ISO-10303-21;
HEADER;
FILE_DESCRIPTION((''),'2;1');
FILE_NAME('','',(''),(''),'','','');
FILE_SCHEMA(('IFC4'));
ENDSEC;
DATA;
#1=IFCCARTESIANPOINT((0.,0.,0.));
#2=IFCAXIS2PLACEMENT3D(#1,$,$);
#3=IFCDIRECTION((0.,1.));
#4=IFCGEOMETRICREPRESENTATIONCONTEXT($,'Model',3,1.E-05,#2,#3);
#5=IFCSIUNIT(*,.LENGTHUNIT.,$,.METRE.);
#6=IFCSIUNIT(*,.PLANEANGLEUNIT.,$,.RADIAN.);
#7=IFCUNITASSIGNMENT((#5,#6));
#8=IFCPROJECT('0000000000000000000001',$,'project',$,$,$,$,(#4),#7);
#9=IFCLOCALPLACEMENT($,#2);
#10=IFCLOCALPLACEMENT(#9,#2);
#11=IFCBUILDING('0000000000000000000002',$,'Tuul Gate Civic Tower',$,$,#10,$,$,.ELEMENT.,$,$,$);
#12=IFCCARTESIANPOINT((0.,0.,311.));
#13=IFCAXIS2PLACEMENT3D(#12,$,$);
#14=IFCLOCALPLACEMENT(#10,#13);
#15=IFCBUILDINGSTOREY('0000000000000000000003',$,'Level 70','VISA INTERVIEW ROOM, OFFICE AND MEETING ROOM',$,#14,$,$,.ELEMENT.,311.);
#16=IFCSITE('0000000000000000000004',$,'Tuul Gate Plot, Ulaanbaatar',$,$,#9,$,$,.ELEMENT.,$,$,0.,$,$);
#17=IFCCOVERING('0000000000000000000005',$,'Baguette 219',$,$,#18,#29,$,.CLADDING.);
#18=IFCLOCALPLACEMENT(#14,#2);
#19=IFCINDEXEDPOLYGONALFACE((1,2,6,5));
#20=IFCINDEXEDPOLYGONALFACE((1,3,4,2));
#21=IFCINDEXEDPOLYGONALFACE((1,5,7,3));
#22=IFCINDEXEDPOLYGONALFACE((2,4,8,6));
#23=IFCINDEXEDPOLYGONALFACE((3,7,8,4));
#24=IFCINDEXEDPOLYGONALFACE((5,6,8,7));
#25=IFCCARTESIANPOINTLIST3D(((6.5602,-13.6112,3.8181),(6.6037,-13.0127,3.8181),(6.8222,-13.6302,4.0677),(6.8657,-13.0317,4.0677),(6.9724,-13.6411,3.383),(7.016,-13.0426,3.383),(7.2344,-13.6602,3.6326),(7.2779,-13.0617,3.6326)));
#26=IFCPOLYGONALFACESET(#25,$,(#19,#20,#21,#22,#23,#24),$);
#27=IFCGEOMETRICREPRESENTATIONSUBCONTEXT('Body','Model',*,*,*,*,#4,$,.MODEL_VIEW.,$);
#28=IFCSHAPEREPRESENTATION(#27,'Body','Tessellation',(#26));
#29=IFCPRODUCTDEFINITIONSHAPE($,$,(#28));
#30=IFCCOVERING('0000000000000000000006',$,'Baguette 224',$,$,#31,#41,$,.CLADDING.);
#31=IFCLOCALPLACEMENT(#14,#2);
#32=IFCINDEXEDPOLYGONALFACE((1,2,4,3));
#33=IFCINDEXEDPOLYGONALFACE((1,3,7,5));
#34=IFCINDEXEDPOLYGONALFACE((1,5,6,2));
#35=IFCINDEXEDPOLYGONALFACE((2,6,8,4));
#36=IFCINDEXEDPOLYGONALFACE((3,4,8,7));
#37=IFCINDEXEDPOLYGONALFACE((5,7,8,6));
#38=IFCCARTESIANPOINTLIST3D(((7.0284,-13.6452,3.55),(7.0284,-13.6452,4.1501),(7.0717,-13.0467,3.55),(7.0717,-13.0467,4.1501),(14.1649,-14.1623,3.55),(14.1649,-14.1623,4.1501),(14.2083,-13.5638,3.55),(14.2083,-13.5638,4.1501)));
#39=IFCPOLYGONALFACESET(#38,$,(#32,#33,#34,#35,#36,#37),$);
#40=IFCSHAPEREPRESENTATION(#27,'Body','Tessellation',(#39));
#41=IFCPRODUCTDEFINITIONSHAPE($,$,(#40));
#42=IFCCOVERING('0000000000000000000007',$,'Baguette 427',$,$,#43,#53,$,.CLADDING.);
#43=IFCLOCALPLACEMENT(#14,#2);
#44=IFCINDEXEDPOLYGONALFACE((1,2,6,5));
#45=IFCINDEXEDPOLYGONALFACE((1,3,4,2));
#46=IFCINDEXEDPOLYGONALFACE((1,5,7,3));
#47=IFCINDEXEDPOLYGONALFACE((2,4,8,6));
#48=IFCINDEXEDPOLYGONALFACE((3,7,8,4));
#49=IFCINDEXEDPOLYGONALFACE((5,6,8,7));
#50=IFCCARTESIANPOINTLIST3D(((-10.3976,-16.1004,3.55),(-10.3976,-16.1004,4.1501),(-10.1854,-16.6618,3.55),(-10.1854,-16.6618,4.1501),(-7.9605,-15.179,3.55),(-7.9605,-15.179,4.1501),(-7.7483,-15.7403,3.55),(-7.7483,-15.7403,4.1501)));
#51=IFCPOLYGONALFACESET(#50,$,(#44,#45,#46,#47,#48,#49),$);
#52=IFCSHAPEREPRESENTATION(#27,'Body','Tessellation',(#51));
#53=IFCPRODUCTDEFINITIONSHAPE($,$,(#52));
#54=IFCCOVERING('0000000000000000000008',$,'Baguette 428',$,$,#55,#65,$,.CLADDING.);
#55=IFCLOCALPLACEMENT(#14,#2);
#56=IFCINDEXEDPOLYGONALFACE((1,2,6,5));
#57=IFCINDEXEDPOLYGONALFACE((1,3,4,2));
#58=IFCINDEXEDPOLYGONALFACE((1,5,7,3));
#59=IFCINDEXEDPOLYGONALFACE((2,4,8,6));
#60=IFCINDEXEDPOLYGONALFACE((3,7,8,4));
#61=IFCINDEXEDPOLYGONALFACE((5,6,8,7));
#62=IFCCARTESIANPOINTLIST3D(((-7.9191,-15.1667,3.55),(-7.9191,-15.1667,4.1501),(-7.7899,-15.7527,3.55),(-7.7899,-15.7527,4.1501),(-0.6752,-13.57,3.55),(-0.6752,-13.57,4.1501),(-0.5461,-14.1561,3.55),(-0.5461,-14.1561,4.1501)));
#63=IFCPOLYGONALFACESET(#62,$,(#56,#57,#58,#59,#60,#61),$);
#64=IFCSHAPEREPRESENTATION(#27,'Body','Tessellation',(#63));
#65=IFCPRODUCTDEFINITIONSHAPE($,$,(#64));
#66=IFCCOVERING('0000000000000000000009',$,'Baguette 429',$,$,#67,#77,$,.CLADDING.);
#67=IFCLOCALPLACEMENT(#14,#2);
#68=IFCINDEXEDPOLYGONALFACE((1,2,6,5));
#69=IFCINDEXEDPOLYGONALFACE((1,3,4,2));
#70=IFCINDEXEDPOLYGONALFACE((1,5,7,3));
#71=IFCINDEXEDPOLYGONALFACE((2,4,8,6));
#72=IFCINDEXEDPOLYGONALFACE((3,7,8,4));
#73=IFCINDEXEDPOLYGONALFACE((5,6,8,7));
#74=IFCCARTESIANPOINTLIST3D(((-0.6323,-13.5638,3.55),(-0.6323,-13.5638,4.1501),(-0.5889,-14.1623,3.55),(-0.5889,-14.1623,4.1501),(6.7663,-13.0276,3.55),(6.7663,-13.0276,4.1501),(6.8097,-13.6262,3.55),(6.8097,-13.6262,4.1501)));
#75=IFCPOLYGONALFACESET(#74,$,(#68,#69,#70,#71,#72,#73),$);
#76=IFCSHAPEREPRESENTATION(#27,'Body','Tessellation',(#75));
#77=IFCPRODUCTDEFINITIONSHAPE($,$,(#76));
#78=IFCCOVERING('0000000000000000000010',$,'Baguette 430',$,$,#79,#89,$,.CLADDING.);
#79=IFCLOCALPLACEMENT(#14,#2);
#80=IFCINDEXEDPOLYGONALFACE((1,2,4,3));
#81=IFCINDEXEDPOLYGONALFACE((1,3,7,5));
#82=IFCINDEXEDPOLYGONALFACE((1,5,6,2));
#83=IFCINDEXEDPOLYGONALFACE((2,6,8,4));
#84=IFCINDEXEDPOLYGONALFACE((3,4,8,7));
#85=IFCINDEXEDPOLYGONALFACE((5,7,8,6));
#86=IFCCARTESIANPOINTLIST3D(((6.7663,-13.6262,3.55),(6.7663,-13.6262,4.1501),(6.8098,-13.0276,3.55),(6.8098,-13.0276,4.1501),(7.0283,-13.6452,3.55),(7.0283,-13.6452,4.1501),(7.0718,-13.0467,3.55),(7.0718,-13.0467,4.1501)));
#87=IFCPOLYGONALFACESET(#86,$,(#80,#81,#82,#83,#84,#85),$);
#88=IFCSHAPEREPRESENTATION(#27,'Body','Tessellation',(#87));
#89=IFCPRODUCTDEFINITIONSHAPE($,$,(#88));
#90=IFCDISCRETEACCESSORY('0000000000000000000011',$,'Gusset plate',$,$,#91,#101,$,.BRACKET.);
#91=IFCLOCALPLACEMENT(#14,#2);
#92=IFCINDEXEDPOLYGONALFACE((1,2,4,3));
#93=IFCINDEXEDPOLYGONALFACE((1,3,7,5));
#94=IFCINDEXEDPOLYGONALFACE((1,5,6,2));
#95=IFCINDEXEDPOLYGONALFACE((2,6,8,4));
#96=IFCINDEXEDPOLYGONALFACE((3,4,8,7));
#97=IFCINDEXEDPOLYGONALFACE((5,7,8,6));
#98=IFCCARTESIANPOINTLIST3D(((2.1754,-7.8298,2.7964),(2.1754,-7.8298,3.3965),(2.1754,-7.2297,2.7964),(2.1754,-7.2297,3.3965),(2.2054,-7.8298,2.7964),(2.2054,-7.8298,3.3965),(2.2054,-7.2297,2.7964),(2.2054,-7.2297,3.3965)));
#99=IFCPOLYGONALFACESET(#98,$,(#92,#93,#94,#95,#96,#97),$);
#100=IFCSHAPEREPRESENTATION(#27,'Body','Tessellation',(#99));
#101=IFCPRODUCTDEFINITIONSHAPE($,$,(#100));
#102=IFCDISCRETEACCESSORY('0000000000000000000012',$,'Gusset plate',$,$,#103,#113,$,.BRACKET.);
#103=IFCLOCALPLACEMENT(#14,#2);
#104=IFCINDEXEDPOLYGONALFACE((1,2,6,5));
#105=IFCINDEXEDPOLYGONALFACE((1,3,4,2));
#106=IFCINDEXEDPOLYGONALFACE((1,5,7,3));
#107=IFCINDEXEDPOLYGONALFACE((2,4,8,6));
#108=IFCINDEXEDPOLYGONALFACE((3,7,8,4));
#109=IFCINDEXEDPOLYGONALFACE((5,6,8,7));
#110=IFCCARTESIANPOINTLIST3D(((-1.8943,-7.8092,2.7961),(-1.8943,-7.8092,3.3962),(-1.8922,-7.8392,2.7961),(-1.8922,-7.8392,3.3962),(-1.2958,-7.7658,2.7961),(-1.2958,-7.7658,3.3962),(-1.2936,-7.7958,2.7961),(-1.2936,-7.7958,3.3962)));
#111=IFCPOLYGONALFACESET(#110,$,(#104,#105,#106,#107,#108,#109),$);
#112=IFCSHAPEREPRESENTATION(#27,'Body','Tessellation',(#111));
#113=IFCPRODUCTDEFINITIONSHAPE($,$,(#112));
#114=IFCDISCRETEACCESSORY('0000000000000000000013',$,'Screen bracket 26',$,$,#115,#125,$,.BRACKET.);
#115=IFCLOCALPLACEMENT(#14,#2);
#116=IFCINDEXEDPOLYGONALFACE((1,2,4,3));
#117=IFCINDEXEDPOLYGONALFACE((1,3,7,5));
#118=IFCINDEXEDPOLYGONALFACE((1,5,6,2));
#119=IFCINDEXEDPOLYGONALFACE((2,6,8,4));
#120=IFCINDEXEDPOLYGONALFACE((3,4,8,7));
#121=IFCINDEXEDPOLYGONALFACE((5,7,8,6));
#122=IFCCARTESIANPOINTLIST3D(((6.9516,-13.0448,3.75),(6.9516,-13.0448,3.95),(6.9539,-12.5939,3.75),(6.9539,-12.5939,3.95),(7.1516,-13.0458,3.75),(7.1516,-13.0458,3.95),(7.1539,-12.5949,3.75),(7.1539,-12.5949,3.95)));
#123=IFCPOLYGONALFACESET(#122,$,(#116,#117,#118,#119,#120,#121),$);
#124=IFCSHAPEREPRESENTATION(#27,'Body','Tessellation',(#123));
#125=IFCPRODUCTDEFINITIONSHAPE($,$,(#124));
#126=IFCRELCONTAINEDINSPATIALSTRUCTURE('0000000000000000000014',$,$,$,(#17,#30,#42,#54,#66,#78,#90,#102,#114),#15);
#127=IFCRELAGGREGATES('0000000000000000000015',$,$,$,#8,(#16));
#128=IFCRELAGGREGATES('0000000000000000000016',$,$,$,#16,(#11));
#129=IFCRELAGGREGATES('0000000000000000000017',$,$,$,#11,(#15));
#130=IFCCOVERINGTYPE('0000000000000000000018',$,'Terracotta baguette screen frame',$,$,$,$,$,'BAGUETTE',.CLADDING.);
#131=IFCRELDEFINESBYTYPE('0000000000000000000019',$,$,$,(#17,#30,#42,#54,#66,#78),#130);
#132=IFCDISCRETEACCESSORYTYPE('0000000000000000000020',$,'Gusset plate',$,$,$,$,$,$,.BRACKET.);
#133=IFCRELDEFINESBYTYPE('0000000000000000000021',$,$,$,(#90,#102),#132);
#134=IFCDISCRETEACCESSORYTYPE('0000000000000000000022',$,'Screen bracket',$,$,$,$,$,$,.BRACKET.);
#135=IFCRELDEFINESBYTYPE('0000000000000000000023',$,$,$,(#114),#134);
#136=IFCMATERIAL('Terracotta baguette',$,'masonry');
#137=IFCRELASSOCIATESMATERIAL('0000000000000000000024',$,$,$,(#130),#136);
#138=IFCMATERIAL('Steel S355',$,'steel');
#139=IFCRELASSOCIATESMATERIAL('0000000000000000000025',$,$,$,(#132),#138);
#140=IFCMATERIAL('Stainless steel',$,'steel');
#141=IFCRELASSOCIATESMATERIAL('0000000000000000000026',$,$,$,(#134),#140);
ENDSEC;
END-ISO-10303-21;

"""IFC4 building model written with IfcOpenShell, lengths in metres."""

from ifc_helpers import new_model, si_unit, direction, frame, origin, origin_2d, place, context, subcontext, project, spatial, rectangle, extrude, material, material_profile, profile_set, type_object, element, save


model = new_model("IFC4")

# Units and contexts
model_context = context("Model", 3, precision=1e-05, world=origin(), true_north=direction((0.0, 1.0)))
body_context = subcontext(model_context, "Body", "Model", "MODEL_VIEW")
ifc_project = project(units=[si_unit("LENGTHUNIT", "METRE"), si_unit("PLANEANGLEUNIT", "RADIAN")], contexts=[model_context])

# Site, building, storey
site_placement = place(None, origin())
site = spatial("IfcSite", under=ifc_project, at=site_placement, Name="Tuul Gate Plot, Ulaanbaatar", CompositionType="ELEMENT", RefElevation=0.0)
building_placement = place(site_placement, origin())
building = spatial("IfcBuilding", under=site, at=building_placement, Name="Tuul Gate Civic Tower", CompositionType="ELEMENT")
storey_placement = place(building_placement, frame((0.0, 0.0, 311.0)))
storey = spatial("IfcBuildingStorey", under=building, at=storey_placement, Name="Level 70", Description="VISA INTERVIEW ROOM, OFFICE AND MEETING ROOM", CompositionType="ELEMENT", Elevation=311.0)

# Coverings
ifc_material_1 = material(Name="Terracotta baguette", Category="masonry")
ifc_material_profile_1 = material_profile(ifc_material_1, rectangle(XDim=0.6001, YDim=0.6001, at=origin_2d()), Name="Terracotta baguette screen frame")
ifc_profile_set_1 = profile_set([ifc_material_profile_1], Name="Terracotta baguette")
covering_type = type_object("IfcCoveringType", Name="Terracotta baguette screen frame", ElementType="BAGUETTE", PredefinedType="CLADDING", material=ifc_profile_set_1)
covering_1_placement = place(storey_placement, frame((6.7881, -13.3269, 3.6006), z_axis=(0.723105, -0.052565, 0.688735), x_axis=(0.072502, 0.997368, 0.0)))
element("IfcCovering", 1, at=covering_1_placement, inside=storey, type_object=covering_type, Name="Baguette 219", PredefinedType="CLADDING", context=body_context, shape_type="SweptSolid", body=[
    extrude(rectangle(XDim=0.6001, YDim=0.6001, at=origin_2d()), origin(), (0.0, 0.0, 1.0), 0.3623),
])
covering_2_placement = place(storey_placement, frame((7.05, -13.3459, 3.8501), z_axis=(0.997385, -0.072268, 0.0), x_axis=(0.072268, 0.997385, 0.0)))
element("IfcCovering", 2, at=covering_2_placement, inside=storey, type_object=covering_type, Name="Baguette 224", PredefinedType="CLADDING", context=body_context, shape_type="SweptSolid", body=[
    extrude(rectangle(XDim=0.6001, YDim=0.6001, at=origin_2d()), origin(), (0.0, 0.0, 1.0), 7.1553),
])
covering_3_placement = place(storey_placement, frame((-10.2915, -16.3811, 3.8501), z_axis=(0.935378, 0.353648, 0.0), x_axis=(-0.353648, 0.935378, 0.0)))
element("IfcCovering", 3, at=covering_3_placement, inside=storey, type_object=covering_type, Name="Baguette 427", PredefinedType="CLADDING", context=body_context, shape_type="SweptSolid", body=[
    extrude(rectangle(XDim=0.6001, YDim=0.6001, at=origin_2d()), origin(), (0.0, 0.0, 1.0), 2.6055),
])
covering_4_placement = place(storey_placement, frame((-7.8545, -15.4597, 3.8501), z_axis=(0.976559, 0.21525, 0.0), x_axis=(-0.21525, 0.976559, 0.0)))
element("IfcCovering", 4, at=covering_4_placement, inside=storey, type_object=covering_type, Name="Baguette 428", PredefinedType="CLADDING", context=body_context, shape_type="SweptSolid", body=[
    extrude(rectangle(XDim=0.6001, YDim=0.6001, at=origin_2d()), origin(), (0.0, 0.0, 1.0), 7.4177),
])
covering_5_placement = place(storey_placement, frame((-0.6106, -13.863, 3.8501), z_axis=(0.997385, 0.072274, 0.0), x_axis=(-0.072274, 0.997385, 0.0)))
element("IfcCovering", 5, at=covering_5_placement, inside=storey, type_object=covering_type, Name="Baguette 429", PredefinedType="CLADDING", context=body_context, shape_type="SweptSolid", body=[
    extrude(rectangle(XDim=0.6001, YDim=0.6001, at=origin_2d()), origin(), (0.0, 0.0, 1.0), 7.418),
])
covering_6_placement = place(storey_placement, frame((6.7881, -13.3269, 3.8501), z_axis=(0.997368, -0.072502, 0.0), x_axis=(0.072502, 0.997368, 0.0)))
element("IfcCovering", 6, at=covering_6_placement, inside=storey, type_object=covering_type, Name="Baguette 430", PredefinedType="CLADDING", context=body_context, shape_type="SweptSolid", body=[
    extrude(rectangle(XDim=0.6001, YDim=0.6001, at=origin_2d()), origin(), (0.0, 0.0, 1.0), 0.2627),
])

# Discrete accessories
ifc_material_2 = material(Name="Steel S355", Category="steel")
discrete_accessory_type_1 = type_object("IfcDiscreteAccessoryType", Name="Gusset plate", PredefinedType="BRACKET", material=ifc_material_2)
for number, where, z_axis, x_axis, name in (
    (7, (2.1904, -7.5298, 2.7964), (0.0, 0.0, 1.0), (0.0, 1.0, 0.0), "Gusset plate"),
    (8, (-1.594, -7.8025, 2.7961), (0.0, 0.0, 1.0), (-0.997382, -0.072314, 0.0), "Gusset plate"),
):
    element("IfcDiscreteAccessory", number, at=place(storey_placement, frame(where, z_axis=z_axis, x_axis=x_axis)), inside=storey, type_object=discrete_accessory_type_1, Name=name, PredefinedType="BRACKET", context=body_context, shape_type="SweptSolid", body=[
        extrude(rectangle(XDim=0.6001, YDim=0.03, at=origin_2d()), origin(), (0.0, 0.0, 1.0), 0.6001),
    ])
ifc_material_3 = material(Name="Stainless steel", Category="steel")
discrete_accessory_type_2 = type_object("IfcDiscreteAccessoryType", Name="Screen bracket", PredefinedType="BRACKET", material=ifc_material_3)
discrete_accessory_placement = place(storey_placement, frame((7.0527, -12.8198, 3.75), z_axis=(0.0, 0.0, 1.0), x_axis=(-0.005107, -0.999987, 0.0)))
element("IfcDiscreteAccessory", 9, at=discrete_accessory_placement, inside=storey, type_object=discrete_accessory_type_2, Name="Screen bracket 26", PredefinedType="BRACKET", context=body_context, shape_type="SweptSolid", body=[
    extrude(rectangle(XDim=0.4509, YDim=0.2, at=origin_2d()), origin(), (0.0, 0.0, 1.0), 0.2),
])

save(model, "model.ifc")
